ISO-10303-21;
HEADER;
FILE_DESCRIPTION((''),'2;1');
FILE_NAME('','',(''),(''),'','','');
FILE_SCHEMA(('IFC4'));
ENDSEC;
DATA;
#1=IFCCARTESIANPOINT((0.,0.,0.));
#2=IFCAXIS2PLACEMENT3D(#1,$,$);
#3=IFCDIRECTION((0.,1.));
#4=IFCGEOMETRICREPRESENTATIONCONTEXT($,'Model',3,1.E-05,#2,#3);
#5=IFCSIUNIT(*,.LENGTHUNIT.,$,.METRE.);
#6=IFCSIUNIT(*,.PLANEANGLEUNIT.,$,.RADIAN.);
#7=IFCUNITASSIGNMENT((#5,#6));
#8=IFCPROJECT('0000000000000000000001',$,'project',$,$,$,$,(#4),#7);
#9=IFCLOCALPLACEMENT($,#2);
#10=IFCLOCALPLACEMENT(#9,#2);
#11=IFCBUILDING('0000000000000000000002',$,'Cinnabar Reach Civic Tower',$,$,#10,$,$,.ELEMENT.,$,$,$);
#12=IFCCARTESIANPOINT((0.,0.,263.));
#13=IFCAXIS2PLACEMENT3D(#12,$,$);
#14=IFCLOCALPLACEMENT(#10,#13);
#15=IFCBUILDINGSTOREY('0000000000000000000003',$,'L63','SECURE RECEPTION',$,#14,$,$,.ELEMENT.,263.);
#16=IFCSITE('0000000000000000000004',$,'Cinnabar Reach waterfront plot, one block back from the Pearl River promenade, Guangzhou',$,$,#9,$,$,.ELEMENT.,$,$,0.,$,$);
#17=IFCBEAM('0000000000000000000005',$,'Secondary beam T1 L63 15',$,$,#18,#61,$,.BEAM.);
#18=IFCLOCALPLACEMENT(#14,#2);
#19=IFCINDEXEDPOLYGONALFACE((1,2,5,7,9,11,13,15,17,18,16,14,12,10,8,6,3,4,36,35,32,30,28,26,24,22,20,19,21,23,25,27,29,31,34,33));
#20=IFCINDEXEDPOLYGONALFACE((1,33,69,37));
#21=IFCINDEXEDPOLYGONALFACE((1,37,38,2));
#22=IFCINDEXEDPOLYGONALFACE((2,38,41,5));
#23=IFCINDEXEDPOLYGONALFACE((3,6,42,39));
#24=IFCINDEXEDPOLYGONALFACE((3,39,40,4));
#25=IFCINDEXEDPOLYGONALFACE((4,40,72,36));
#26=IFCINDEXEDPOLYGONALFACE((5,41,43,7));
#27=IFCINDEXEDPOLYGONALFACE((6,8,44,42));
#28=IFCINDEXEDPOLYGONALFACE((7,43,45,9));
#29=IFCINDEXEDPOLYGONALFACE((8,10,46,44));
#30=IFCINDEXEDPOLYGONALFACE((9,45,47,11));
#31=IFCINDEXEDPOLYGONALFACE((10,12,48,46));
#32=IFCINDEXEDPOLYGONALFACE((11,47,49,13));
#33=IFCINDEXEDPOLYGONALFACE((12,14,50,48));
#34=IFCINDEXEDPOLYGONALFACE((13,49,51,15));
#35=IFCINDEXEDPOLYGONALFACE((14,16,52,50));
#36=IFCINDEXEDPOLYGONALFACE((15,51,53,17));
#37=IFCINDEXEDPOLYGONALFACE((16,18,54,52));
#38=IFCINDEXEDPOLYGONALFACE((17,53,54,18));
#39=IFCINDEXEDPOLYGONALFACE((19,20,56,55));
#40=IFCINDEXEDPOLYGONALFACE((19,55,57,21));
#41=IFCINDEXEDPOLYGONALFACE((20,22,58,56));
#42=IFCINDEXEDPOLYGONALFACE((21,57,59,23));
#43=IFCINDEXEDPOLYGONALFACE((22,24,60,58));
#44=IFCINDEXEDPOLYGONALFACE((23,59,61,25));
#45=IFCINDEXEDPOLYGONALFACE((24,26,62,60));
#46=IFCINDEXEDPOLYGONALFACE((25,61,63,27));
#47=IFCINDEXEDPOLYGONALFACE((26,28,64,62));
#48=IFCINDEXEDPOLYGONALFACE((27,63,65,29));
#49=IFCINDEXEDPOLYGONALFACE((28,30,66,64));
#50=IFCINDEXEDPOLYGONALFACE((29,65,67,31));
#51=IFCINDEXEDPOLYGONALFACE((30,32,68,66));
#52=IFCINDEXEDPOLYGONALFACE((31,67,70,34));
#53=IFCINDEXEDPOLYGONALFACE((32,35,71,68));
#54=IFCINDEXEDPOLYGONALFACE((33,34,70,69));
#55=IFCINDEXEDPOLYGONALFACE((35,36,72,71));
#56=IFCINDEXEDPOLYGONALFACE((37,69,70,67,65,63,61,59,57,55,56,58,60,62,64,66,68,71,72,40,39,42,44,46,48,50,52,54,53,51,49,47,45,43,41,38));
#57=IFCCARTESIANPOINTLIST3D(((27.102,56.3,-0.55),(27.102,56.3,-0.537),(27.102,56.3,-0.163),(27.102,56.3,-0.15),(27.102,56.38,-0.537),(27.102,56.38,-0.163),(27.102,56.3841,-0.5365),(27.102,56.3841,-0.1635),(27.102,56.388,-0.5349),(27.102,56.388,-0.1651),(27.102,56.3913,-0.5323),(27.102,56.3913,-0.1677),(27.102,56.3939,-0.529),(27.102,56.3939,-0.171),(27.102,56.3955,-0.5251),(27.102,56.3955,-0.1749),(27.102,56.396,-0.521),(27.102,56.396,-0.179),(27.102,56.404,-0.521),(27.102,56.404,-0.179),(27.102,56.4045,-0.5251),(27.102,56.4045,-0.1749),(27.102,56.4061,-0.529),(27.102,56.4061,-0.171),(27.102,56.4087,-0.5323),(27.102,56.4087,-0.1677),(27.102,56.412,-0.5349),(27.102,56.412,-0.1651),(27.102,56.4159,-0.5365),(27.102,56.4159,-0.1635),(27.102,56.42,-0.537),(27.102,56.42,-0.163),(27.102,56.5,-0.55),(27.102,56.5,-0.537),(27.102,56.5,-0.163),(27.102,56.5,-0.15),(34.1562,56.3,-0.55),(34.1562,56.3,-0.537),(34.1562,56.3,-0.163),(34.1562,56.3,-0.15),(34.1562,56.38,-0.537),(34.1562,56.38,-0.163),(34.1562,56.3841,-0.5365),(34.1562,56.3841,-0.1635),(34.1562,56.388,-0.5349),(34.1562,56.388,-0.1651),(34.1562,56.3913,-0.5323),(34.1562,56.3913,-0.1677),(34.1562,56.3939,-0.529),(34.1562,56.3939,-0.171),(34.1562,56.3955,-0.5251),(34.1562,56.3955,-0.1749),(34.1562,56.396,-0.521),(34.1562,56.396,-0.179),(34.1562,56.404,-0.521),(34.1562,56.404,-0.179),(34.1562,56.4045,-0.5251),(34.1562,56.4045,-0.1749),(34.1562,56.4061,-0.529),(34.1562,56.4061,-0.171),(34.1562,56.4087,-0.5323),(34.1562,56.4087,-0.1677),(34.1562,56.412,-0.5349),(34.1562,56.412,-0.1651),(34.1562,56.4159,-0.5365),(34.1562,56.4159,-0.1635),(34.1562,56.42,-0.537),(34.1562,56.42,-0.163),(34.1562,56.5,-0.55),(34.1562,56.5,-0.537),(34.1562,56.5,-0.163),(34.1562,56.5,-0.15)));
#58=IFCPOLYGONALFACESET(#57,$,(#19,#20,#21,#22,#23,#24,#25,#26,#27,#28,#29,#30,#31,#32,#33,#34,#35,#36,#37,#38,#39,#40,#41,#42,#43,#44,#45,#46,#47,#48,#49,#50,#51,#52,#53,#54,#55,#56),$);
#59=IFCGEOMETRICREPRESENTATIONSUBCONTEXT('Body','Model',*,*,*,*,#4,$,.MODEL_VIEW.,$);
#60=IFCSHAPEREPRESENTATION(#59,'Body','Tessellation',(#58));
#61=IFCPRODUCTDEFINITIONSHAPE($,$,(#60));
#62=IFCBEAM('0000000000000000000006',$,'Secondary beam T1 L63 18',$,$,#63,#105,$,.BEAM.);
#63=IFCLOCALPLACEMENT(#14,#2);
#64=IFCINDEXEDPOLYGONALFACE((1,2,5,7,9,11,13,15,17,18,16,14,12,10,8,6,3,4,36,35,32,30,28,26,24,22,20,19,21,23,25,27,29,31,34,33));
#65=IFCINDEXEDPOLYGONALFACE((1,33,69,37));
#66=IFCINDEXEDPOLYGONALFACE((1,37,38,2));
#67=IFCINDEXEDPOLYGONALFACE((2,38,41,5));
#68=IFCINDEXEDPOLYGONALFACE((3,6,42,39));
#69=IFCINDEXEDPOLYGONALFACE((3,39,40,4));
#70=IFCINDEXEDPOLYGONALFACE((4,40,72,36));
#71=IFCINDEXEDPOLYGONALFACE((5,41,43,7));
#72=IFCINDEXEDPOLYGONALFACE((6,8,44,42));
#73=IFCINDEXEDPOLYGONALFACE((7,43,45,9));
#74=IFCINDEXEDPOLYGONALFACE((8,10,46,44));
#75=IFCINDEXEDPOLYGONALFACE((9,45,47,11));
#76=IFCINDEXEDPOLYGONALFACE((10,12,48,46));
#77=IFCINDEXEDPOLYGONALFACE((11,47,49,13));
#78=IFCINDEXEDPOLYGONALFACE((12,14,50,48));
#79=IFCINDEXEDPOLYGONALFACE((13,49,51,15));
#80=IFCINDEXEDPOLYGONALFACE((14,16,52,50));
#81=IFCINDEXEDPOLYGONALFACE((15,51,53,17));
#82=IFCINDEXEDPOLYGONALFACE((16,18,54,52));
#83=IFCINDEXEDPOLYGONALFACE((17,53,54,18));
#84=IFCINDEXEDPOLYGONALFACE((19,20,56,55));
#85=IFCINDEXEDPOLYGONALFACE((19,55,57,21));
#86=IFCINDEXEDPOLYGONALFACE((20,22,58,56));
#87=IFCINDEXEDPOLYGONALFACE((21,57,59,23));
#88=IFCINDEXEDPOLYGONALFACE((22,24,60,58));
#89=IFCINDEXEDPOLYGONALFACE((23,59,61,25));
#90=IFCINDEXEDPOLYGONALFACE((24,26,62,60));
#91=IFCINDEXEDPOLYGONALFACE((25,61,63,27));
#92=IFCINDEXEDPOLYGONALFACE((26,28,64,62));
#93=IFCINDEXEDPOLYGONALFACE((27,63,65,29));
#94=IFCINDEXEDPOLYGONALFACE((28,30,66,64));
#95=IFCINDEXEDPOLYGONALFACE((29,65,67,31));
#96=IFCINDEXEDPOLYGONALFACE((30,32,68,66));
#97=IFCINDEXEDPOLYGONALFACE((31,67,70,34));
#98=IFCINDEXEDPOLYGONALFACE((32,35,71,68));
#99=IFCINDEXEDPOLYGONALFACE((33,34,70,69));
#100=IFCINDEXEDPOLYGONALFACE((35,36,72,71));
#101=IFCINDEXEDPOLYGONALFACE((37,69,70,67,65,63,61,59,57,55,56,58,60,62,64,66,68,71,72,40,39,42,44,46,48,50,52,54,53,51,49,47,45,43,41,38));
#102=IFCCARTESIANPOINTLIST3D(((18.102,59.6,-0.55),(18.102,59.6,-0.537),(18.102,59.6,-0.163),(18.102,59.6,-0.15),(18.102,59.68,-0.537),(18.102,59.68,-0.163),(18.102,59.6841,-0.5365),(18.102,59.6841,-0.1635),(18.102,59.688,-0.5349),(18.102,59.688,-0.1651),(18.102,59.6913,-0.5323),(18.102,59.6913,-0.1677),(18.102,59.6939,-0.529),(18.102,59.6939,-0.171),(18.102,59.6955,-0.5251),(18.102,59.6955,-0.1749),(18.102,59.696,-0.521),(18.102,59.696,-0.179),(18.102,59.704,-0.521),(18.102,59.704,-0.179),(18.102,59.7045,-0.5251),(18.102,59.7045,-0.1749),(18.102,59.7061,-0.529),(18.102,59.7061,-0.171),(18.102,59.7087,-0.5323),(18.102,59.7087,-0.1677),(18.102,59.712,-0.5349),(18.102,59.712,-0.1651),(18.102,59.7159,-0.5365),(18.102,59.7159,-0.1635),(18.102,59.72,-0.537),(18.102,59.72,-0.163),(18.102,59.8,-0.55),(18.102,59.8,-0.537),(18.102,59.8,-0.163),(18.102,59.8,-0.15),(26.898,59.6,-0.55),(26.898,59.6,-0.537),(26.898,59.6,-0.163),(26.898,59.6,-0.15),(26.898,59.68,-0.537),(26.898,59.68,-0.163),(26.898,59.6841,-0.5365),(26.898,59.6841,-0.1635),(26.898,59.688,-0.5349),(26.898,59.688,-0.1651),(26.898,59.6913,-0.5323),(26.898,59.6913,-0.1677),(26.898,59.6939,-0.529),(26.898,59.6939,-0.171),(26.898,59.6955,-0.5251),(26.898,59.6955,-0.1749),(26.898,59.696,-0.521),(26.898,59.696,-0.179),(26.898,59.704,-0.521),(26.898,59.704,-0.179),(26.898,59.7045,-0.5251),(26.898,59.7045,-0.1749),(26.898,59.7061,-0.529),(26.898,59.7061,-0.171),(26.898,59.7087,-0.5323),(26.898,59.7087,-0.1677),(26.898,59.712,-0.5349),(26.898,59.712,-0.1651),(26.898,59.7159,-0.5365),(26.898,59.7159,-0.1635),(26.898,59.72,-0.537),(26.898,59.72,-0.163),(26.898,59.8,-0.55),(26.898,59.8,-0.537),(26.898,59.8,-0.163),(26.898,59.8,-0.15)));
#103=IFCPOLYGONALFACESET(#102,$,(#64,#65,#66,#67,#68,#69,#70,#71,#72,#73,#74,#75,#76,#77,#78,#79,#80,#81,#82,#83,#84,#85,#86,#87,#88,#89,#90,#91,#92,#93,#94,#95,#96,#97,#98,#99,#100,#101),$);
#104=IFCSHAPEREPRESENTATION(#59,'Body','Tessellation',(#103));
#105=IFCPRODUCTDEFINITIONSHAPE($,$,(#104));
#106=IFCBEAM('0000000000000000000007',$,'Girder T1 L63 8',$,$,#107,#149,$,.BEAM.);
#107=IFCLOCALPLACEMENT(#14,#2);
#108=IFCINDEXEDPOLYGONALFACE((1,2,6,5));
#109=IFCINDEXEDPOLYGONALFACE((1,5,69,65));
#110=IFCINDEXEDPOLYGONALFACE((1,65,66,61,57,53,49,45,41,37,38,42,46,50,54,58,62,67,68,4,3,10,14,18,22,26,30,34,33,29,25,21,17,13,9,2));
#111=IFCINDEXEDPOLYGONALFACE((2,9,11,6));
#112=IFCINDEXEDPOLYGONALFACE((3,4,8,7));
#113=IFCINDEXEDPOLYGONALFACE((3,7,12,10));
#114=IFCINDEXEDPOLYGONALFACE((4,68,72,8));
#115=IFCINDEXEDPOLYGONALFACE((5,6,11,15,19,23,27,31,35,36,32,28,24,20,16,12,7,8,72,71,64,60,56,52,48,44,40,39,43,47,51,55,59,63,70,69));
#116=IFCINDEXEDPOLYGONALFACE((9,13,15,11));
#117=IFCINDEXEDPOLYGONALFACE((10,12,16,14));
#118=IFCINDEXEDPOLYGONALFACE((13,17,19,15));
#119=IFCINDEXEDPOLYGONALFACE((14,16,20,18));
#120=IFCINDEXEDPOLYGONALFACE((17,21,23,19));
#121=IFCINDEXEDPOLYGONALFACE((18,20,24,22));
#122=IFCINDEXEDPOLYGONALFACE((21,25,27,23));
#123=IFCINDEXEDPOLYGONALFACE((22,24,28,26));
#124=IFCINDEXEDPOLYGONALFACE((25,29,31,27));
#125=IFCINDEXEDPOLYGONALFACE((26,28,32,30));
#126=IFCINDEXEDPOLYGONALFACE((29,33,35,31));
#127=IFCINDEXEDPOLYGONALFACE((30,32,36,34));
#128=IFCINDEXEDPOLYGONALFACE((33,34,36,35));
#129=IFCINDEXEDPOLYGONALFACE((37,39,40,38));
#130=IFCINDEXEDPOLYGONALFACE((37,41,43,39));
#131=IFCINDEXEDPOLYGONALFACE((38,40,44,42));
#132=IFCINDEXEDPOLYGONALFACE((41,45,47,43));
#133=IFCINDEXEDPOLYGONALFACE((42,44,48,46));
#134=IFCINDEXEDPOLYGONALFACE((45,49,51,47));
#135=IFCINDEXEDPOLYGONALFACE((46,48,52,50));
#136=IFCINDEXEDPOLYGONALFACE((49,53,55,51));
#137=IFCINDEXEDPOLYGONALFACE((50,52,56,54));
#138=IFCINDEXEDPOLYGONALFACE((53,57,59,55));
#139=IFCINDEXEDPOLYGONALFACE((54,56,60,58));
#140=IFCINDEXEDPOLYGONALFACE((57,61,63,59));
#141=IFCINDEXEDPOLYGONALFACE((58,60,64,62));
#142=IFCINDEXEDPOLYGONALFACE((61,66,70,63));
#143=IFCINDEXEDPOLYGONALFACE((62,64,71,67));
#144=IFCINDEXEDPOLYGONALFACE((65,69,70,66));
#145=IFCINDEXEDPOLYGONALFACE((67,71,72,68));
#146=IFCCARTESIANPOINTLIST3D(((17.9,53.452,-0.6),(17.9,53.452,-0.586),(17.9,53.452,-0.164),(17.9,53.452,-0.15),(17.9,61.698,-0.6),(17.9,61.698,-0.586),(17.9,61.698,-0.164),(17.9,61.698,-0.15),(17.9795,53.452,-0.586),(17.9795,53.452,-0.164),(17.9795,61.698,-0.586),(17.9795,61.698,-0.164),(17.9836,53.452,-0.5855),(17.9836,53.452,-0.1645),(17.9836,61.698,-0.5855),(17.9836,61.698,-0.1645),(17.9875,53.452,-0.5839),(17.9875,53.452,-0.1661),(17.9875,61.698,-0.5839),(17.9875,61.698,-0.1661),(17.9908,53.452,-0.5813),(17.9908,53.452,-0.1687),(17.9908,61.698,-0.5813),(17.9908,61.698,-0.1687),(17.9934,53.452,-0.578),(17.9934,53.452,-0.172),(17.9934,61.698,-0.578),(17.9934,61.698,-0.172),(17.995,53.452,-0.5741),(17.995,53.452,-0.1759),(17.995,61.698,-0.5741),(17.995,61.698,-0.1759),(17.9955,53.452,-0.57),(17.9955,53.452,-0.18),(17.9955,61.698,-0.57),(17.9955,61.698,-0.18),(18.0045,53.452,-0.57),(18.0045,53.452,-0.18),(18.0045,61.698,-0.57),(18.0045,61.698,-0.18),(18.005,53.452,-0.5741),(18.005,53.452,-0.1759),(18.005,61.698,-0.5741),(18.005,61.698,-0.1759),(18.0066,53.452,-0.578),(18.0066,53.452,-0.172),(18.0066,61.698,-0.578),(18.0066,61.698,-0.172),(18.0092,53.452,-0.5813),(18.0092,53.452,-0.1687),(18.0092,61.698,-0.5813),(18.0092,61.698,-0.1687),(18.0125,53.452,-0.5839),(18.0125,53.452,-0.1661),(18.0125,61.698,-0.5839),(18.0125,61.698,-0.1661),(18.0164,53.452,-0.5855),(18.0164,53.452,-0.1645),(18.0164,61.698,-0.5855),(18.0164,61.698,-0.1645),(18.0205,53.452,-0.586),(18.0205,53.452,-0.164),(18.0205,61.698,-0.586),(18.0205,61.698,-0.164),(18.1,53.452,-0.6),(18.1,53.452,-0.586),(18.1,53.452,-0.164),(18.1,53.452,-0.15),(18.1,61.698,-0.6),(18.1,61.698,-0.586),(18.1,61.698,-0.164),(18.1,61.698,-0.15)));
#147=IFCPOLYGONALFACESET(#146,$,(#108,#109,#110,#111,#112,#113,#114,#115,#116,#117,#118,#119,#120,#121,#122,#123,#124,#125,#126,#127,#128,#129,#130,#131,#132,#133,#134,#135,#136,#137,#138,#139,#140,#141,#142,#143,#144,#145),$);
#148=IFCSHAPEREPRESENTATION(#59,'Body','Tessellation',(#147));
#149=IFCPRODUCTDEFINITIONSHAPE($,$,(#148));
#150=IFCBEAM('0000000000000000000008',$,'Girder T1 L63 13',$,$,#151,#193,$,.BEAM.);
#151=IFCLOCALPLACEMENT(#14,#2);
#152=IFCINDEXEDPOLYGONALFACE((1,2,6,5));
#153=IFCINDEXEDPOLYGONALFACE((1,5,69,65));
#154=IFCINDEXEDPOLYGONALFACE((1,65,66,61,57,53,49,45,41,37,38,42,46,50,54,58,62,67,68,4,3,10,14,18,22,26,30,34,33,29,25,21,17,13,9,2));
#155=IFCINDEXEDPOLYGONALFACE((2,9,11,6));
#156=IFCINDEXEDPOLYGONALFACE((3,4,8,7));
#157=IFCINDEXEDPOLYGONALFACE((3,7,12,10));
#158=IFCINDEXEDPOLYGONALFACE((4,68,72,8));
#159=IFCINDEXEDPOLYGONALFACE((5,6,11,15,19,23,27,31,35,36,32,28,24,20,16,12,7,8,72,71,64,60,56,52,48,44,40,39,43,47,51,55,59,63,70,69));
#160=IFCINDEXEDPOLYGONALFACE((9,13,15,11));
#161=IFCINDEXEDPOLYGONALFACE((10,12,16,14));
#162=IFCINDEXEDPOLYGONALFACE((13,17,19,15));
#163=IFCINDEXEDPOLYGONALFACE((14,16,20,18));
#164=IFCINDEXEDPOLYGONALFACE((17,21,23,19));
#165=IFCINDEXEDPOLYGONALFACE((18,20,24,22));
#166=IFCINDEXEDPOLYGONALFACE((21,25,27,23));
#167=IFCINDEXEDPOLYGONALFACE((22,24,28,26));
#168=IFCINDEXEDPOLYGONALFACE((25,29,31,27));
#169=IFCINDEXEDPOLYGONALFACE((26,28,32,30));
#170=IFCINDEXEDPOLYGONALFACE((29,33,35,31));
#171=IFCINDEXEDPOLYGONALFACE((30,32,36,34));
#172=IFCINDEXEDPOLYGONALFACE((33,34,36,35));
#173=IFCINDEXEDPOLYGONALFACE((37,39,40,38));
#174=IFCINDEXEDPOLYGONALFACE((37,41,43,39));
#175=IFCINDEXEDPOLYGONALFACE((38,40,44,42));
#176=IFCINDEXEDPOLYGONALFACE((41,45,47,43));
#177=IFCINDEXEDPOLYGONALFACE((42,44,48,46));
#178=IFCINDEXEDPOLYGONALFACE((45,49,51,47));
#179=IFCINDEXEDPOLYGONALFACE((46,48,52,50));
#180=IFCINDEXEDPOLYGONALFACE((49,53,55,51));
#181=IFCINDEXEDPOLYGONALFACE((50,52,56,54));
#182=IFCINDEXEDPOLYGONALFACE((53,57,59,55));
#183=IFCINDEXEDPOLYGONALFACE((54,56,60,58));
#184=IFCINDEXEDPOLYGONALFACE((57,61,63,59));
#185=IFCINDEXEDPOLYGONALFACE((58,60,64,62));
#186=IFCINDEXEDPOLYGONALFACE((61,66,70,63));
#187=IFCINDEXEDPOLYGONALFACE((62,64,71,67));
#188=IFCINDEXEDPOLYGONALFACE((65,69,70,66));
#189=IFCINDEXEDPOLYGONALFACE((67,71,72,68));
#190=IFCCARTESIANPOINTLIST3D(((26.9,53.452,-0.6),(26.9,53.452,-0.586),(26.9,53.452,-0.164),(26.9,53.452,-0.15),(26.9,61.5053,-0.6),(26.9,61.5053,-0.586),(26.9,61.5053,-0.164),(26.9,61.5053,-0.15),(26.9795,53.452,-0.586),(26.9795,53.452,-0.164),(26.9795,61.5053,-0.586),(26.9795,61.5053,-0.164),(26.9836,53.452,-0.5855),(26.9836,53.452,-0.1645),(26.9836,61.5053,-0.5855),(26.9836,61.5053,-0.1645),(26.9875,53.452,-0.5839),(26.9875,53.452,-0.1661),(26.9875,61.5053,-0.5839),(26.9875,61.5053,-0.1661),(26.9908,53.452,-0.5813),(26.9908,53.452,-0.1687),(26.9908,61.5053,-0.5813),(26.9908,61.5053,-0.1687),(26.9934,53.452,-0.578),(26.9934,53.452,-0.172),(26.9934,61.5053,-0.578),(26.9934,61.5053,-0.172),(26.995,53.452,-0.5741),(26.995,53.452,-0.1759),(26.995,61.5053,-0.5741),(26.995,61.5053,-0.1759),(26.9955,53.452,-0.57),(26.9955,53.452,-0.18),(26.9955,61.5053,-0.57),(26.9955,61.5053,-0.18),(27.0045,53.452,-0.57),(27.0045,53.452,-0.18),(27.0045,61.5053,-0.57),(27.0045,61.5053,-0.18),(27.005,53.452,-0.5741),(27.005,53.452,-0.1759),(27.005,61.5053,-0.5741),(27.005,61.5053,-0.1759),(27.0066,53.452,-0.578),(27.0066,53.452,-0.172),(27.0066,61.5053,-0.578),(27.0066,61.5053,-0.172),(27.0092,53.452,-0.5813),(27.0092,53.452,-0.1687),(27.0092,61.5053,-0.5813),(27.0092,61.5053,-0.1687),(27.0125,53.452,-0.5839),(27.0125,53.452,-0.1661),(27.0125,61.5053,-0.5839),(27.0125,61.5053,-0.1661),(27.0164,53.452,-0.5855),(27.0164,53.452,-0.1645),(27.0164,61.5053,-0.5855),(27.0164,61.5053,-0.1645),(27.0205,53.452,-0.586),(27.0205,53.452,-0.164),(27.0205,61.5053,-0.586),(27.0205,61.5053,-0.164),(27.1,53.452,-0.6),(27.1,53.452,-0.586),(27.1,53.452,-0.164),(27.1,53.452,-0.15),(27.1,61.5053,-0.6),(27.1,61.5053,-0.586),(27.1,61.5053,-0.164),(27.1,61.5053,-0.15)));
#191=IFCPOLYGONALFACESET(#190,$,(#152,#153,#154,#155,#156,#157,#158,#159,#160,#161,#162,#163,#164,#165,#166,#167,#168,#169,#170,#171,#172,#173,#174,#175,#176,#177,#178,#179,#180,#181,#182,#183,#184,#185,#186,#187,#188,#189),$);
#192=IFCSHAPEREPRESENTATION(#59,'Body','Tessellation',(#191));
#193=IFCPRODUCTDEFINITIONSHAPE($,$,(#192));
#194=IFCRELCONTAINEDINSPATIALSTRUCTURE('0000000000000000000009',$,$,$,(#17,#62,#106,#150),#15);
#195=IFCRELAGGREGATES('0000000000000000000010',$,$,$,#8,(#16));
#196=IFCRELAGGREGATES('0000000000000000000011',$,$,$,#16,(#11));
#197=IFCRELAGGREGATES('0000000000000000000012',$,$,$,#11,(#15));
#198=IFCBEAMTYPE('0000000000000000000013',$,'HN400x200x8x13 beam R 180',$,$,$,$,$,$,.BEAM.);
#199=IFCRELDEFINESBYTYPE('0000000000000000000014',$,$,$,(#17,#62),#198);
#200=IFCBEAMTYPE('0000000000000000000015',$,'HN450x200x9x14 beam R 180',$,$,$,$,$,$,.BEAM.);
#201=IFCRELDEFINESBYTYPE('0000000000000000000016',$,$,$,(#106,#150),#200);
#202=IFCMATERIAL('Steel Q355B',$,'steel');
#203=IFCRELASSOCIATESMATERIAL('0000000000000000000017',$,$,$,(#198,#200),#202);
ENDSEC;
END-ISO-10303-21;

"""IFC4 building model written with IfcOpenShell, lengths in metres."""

from ifc_helpers import new_model, si_unit, direction, frame, origin, origin_2d, place, context, subcontext, project, spatial, i_section, extrude, material, material_profile, profile_set, type_object, element, save


model = new_model("IFC4")

# Units and contexts
model_context = context("Model", 3, precision=1e-05, world=origin(), true_north=direction((0.0, 1.0)))
body_context = subcontext(model_context, "Body", "Model", "MODEL_VIEW")
ifc_project = project(units=[si_unit("LENGTHUNIT", "METRE"), si_unit("PLANEANGLEUNIT", "RADIAN")], contexts=[model_context])

# Site, building, storey
site_placement = place(None, origin())
site = spatial("IfcSite", under=ifc_project, at=site_placement, Name="Cinnabar Reach waterfront plot, one block back from the Pearl River promenade, Guangzhou", CompositionType="ELEMENT", RefElevation=0.0)
building_placement = place(site_placement, origin())
building = spatial("IfcBuilding", under=site, at=building_placement, Name="Cinnabar Reach Civic Tower", CompositionType="ELEMENT")
storey_placement = place(building_placement, frame((0.0, 0.0, 263.0)))
storey = spatial("IfcBuildingStorey", under=building, at=storey_placement, Name="L63", Description="SECURE RECEPTION", CompositionType="ELEMENT", Elevation=263.0)

# Beams
ifc_material_1 = material(Name="Steel Q355B", Category="steel")
ifc_material_profile_1 = material_profile(ifc_material_1, i_section(OverallWidth=0.2, OverallDepth=0.4, WebThickness=0.008, FlangeThickness=0.013, FilletRadius=0.016, at=origin_2d()), Name="HN400x200x8x13")
ifc_profile_set_1 = profile_set([ifc_material_profile_1], Name="Steel Q355B")
beam_type_1 = type_object("IfcBeamType", Name="HN400x200x8x13 beam R 180", PredefinedType="BEAM", material=ifc_profile_set_1)
beam_1_placement = place(storey_placement, frame((27.102, 56.4, -0.35), z_axis=(1.0, 0.0, 0.0), x_axis=(0.0, 1.0, 0.0)))
element("IfcBeam", 1, at=beam_1_placement, inside=storey, type_object=beam_type_1, Name="Secondary beam T1 L63 15", PredefinedType="BEAM", context=body_context, shape_type="SweptSolid", body=[
    extrude(i_section(OverallWidth=0.2, OverallDepth=0.4, WebThickness=0.008, FlangeThickness=0.013, FilletRadius=0.016, at=origin_2d()), origin(), (0.0, 0.0, 1.0), 7.0542),
])
beam_2_placement = place(storey_placement, frame((18.102, 59.7, -0.35), z_axis=(1.0, 0.0, 0.0), x_axis=(0.0, 1.0, 0.0)))
element("IfcBeam", 2, at=beam_2_placement, inside=storey, type_object=beam_type_1, Name="Secondary beam T1 L63 18", PredefinedType="BEAM", context=body_context, shape_type="SweptSolid", body=[
    extrude(i_section(OverallWidth=0.2, OverallDepth=0.4, WebThickness=0.008, FlangeThickness=0.013, FilletRadius=0.016, at=origin_2d()), origin(), (0.0, 0.0, 1.0), 8.796),
])
ifc_material_profile_2 = material_profile(ifc_material_1, i_section(OverallWidth=0.2, OverallDepth=0.45, WebThickness=0.009, FlangeThickness=0.014, FilletRadius=0.016, at=origin_2d()), Name="HN450x200x9x14")
ifc_profile_set_2 = profile_set([ifc_material_profile_2], Name="Steel Q355B")
beam_type_2 = type_object("IfcBeamType", Name="HN450x200x9x14 beam R 180", PredefinedType="BEAM", material=ifc_profile_set_2)
beam_3_placement = place(storey_placement, frame((18.0, 53.452, -0.375), z_axis=(0.0, 1.0, 0.0), x_axis=(-1.0, 0.0, 0.0)))
element("IfcBeam", 3, at=beam_3_placement, inside=storey, type_object=beam_type_2, Name="Girder T1 L63 8", PredefinedType="BEAM", context=body_context, shape_type="SweptSolid", body=[
    extrude(i_section(OverallWidth=0.2, OverallDepth=0.45, WebThickness=0.009, FlangeThickness=0.014, FilletRadius=0.016, at=origin_2d()), origin(), (0.0, 0.0, 1.0), 8.246),
])
beam_4_placement = place(storey_placement, frame((27.0, 53.452, -0.375), z_axis=(0.0, 1.0, 0.0), x_axis=(-1.0, 0.0, 0.0)))
element("IfcBeam", 4, at=beam_4_placement, inside=storey, type_object=beam_type_2, Name="Girder T1 L63 13", PredefinedType="BEAM", context=body_context, shape_type="SweptSolid", body=[
    extrude(i_section(OverallWidth=0.2, OverallDepth=0.45, WebThickness=0.009, FlangeThickness=0.014, FilletRadius=0.016, at=origin_2d()), origin(), (0.0, 0.0, 1.0), 8.0533),
])

save(model, "model.ifc")
